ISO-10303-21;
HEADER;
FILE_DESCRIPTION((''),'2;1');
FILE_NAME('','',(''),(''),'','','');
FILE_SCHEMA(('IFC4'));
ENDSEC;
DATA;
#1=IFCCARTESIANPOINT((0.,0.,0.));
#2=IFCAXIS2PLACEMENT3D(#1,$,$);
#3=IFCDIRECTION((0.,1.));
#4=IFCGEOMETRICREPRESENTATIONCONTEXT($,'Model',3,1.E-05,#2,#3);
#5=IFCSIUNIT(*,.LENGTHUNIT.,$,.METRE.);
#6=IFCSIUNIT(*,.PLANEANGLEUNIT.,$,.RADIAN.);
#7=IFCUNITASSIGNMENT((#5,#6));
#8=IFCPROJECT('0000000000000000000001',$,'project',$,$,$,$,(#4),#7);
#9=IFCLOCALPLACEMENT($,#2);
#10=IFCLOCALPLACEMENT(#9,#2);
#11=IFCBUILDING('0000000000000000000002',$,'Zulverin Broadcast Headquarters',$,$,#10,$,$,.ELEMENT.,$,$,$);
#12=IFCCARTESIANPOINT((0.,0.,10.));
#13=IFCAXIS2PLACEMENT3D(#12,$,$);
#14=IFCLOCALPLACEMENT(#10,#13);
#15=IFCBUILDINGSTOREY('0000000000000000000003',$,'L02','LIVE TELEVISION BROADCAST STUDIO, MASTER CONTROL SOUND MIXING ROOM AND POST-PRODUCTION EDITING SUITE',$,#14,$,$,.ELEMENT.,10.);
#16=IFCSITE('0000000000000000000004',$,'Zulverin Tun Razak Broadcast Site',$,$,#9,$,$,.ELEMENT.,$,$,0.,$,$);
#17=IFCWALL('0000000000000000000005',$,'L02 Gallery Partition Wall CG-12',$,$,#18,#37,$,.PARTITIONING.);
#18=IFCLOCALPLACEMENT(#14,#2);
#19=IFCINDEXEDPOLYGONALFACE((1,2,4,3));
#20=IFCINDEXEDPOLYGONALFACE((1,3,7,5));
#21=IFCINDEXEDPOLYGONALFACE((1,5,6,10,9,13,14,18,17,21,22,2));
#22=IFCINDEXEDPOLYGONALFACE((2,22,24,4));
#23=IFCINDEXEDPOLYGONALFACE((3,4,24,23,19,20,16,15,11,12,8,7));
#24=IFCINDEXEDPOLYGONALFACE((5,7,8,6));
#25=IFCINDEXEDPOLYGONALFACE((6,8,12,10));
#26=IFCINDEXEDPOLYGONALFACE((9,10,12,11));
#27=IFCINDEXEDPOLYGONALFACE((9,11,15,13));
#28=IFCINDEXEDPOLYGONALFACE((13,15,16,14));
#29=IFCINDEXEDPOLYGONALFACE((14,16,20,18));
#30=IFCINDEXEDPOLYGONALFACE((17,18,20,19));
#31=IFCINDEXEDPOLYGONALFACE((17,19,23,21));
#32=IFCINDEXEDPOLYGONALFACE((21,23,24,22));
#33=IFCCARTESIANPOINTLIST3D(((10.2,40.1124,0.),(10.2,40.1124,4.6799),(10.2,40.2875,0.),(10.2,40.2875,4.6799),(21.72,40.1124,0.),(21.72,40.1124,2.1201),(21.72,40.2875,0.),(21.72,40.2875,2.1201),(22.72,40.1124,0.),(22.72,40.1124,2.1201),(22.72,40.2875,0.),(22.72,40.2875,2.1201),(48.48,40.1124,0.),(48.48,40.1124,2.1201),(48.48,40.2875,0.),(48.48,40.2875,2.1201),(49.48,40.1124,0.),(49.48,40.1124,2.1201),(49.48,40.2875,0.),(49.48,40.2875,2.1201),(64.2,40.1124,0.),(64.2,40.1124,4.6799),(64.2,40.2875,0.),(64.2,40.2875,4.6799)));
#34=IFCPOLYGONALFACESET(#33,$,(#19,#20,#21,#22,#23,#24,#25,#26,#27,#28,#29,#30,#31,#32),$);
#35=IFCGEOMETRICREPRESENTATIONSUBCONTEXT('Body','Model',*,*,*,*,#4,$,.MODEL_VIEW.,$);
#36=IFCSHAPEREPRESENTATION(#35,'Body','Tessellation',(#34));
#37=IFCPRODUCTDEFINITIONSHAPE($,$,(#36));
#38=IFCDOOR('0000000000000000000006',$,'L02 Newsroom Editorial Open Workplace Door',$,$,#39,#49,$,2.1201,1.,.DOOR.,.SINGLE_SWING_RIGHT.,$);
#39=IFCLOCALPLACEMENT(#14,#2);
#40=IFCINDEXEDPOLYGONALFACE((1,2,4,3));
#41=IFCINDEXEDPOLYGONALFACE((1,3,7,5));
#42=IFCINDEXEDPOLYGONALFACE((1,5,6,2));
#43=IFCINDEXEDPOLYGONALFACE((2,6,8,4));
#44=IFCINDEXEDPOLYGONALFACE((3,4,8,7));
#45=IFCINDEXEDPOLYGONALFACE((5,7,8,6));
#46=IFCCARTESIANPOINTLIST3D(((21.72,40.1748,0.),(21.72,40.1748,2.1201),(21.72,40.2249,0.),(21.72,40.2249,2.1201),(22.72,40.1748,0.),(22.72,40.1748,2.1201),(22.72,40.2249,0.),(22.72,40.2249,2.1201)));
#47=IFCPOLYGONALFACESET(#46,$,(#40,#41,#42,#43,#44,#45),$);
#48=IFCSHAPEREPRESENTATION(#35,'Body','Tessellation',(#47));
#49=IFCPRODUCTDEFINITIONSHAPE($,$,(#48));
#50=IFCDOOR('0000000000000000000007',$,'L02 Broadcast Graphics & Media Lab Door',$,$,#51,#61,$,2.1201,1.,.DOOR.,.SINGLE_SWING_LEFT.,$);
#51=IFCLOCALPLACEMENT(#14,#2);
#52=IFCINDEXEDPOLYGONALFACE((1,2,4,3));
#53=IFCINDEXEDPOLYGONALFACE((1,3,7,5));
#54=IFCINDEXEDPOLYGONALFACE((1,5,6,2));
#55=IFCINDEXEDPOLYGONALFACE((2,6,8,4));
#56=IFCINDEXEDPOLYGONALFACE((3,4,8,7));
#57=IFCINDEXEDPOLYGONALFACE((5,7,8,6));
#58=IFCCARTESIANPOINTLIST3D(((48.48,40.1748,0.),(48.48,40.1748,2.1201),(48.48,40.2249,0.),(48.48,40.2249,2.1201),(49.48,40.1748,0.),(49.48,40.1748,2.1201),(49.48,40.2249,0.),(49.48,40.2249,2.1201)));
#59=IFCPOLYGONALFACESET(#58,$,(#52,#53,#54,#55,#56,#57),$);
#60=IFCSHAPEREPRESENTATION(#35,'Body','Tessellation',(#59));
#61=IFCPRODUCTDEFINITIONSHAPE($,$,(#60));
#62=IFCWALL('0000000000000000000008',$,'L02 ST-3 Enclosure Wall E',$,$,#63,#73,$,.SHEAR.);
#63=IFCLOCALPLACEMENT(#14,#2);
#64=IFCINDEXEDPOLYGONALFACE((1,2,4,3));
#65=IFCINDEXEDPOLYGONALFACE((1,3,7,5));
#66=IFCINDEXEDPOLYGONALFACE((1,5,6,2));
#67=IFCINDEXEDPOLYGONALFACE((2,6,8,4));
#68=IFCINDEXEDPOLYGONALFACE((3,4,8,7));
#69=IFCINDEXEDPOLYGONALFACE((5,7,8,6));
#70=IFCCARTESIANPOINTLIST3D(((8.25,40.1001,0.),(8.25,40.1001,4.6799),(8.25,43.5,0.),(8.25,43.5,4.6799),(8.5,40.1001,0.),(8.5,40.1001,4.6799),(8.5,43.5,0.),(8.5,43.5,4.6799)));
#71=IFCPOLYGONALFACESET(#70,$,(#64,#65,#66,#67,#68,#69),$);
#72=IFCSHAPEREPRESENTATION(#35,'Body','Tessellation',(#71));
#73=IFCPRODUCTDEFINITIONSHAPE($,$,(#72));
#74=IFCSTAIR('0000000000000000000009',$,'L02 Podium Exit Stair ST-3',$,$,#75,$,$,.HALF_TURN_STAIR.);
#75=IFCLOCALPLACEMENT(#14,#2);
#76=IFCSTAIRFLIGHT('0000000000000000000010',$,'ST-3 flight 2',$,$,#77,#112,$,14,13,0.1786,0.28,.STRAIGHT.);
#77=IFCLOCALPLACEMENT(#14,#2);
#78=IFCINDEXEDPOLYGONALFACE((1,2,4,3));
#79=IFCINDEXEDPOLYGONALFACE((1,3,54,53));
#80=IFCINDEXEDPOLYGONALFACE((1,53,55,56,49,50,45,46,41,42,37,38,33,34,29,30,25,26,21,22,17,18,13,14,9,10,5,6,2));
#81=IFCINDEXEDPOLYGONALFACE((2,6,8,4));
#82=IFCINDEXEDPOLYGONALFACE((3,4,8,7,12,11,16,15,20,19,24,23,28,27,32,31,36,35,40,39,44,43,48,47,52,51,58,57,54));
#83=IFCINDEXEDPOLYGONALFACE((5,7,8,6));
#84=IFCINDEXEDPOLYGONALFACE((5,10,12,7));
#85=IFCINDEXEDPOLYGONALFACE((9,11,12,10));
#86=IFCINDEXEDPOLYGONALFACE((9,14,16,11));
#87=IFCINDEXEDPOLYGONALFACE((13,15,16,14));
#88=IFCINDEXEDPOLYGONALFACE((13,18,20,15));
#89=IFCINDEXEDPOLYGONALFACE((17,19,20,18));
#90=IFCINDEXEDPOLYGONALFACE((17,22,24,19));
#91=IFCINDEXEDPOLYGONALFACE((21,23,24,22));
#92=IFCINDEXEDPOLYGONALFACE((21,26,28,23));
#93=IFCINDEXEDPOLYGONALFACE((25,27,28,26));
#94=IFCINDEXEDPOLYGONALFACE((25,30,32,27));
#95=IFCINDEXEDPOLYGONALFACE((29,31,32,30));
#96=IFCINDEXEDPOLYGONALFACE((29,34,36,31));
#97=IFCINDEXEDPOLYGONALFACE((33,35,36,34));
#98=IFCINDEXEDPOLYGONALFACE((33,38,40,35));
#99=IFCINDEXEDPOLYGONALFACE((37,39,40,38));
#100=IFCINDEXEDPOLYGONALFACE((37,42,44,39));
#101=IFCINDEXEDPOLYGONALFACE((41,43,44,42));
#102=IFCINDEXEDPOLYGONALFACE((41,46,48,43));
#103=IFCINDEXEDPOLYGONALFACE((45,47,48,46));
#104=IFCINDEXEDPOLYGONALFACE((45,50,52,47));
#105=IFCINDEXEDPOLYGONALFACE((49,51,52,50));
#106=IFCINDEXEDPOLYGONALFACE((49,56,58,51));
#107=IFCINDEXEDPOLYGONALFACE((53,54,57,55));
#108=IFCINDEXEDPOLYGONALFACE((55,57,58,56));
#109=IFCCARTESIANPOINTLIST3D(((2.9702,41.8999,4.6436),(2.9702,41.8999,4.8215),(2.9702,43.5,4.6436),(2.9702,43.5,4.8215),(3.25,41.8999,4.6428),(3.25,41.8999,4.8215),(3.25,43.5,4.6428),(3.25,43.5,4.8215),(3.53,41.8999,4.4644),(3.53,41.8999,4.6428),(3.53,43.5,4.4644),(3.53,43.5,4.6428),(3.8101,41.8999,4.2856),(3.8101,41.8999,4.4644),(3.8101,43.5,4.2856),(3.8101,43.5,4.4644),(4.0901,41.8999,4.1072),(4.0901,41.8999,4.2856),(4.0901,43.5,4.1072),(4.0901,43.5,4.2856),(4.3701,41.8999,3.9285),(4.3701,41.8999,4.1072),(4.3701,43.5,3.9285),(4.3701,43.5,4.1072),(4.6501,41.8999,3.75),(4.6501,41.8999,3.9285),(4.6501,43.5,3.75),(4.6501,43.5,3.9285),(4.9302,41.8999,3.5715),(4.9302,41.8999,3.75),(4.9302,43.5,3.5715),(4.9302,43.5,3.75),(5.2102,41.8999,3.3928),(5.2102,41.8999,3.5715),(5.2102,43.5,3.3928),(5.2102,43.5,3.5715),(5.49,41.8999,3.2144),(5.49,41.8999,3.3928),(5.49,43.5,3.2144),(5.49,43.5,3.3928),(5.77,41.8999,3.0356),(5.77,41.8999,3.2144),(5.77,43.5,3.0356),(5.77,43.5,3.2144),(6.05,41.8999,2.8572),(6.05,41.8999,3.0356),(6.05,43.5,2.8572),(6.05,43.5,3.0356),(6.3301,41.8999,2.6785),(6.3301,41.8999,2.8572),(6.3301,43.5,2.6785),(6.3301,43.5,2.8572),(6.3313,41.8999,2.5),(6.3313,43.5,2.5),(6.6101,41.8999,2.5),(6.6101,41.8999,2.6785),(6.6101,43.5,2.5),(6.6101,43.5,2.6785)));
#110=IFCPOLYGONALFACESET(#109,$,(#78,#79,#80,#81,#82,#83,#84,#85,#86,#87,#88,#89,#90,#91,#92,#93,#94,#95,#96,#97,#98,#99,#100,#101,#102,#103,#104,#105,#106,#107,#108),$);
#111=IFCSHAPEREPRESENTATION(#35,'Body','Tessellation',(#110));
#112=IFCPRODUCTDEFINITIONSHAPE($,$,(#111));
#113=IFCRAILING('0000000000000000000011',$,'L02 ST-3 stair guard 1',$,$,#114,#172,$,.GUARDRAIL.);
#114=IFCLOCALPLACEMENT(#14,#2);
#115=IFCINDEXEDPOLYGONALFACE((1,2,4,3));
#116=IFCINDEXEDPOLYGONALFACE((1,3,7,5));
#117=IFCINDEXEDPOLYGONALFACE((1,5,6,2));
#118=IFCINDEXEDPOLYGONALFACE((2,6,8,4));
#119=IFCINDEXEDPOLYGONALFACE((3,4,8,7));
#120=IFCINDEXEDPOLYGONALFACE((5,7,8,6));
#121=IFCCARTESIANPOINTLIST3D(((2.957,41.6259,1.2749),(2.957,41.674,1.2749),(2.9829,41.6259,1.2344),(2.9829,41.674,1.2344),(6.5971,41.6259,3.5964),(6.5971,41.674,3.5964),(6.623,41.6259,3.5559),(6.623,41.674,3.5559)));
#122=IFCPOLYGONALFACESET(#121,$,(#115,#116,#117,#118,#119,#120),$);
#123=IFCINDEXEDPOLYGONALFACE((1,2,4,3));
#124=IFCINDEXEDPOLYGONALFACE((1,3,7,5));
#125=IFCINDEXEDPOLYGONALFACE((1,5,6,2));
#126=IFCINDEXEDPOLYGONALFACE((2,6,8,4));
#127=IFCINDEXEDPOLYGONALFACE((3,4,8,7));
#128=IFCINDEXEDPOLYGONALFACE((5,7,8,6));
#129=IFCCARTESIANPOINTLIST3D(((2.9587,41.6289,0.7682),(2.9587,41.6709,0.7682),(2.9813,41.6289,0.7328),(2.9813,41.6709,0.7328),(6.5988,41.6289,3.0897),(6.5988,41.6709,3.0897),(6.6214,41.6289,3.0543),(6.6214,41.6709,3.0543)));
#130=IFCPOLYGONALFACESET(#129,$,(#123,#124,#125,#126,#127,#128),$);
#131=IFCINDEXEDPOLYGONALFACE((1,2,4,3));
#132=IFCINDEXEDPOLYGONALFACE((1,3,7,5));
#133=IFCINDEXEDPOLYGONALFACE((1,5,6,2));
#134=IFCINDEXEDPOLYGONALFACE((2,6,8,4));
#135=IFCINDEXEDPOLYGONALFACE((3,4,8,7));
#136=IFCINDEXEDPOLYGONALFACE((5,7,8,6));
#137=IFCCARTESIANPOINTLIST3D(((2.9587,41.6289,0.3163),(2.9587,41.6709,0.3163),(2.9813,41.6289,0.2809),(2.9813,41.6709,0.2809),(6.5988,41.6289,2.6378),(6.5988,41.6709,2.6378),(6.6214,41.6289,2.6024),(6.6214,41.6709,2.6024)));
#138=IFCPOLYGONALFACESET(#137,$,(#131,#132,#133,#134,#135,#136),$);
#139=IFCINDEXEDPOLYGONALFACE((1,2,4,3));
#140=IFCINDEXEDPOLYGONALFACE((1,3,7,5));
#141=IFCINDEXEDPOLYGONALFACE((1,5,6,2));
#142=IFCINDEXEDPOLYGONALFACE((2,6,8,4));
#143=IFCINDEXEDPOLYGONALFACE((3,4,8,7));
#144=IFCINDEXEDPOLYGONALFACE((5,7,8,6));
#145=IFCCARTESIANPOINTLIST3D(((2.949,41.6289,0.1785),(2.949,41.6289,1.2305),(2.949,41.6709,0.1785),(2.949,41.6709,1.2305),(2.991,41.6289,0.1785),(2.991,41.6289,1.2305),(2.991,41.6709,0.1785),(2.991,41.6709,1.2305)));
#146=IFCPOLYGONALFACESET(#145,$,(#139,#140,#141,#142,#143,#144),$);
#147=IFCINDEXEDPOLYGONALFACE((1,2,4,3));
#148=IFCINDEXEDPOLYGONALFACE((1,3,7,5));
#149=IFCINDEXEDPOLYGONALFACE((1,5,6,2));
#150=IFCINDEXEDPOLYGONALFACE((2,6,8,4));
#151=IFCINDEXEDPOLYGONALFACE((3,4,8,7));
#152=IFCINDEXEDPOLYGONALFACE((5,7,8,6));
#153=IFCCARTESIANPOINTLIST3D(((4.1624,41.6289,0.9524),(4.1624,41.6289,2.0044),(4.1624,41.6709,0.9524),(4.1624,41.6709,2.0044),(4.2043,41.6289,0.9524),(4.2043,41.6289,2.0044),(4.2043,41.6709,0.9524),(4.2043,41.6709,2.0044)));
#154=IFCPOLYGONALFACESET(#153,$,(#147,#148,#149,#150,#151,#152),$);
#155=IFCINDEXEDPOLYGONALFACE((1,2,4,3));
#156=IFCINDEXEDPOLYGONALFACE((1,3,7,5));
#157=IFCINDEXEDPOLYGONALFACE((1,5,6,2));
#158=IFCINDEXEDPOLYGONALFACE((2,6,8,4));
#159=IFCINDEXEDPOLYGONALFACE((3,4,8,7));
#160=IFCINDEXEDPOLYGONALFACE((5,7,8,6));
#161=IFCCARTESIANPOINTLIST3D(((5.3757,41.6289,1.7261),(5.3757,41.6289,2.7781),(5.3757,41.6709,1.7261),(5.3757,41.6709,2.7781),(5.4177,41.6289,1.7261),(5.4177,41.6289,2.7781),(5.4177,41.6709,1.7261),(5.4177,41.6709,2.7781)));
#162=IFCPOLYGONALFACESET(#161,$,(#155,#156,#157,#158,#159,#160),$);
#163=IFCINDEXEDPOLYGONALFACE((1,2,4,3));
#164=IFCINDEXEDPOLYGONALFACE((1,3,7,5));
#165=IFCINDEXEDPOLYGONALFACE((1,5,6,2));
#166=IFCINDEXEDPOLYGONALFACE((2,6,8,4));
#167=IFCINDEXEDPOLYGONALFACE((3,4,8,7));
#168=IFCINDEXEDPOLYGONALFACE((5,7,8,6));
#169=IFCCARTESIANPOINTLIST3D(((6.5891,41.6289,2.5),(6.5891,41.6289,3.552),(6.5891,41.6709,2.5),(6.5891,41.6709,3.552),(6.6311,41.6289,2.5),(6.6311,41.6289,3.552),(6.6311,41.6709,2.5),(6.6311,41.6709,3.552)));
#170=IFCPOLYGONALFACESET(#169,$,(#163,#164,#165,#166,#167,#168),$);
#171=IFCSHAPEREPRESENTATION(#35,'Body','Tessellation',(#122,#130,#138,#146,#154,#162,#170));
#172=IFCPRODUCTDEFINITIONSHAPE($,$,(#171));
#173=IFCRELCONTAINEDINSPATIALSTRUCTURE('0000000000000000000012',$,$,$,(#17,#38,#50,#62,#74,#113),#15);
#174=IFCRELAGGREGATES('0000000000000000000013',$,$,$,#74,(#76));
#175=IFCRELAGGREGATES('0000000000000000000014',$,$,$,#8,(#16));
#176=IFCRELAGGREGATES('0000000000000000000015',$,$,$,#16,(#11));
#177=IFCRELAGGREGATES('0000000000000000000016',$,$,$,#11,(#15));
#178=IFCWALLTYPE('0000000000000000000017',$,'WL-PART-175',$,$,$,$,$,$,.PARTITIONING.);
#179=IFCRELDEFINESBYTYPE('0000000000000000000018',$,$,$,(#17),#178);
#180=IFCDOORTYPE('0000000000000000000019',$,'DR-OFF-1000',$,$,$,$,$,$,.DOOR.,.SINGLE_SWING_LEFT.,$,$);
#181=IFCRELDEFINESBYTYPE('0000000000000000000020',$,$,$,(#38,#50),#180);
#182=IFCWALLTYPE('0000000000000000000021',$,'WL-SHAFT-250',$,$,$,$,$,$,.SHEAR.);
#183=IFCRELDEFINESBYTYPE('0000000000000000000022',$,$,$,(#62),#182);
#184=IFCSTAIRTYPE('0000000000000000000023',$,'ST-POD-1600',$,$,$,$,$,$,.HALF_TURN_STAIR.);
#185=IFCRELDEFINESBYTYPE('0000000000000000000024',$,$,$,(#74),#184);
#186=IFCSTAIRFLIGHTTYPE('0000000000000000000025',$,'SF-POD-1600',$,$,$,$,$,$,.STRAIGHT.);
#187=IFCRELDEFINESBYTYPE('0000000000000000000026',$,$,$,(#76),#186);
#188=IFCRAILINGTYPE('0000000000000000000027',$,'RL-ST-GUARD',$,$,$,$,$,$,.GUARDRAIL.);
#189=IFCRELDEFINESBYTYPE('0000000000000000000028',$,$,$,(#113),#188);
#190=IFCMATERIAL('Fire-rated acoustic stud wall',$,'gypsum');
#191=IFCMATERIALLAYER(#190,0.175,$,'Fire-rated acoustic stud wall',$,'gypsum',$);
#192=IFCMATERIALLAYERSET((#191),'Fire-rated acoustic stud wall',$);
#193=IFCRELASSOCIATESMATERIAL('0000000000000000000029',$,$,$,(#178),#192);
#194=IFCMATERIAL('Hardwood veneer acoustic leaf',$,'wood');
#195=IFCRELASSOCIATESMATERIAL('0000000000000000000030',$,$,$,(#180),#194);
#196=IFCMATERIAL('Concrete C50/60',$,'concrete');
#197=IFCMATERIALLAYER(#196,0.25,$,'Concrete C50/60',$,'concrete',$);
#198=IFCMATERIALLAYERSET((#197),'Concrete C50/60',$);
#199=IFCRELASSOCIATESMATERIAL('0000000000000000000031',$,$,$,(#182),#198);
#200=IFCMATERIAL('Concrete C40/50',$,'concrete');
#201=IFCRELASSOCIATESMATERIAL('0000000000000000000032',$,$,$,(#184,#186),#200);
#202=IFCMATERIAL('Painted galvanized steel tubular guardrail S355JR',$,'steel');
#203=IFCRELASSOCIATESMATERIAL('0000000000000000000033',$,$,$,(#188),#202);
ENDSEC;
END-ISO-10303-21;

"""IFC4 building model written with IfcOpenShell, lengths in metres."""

from ifc_helpers import new_model, si_unit, direction, frame, frame_2d, origin, origin_2d, place, context, subcontext, project, spatial, polyline, rectangle, outline, extrude, material, layer, layer_set, type_object, element, fill, aggregate, save


model = new_model("IFC4")

# Units and contexts
model_context = context("Model", 3, precision=1e-05, world=origin(), true_north=direction((0.0, 1.0)))
body_context = subcontext(model_context, "Body", "Model", "MODEL_VIEW")
ifc_project = project(units=[si_unit("LENGTHUNIT", "METRE"), si_unit("PLANEANGLEUNIT", "RADIAN")], contexts=[model_context])

# Site, building, storey
site_placement = place(None, origin())
site = spatial("IfcSite", under=ifc_project, at=site_placement, Name="Zulverin Tun Razak Broadcast Site", CompositionType="ELEMENT", RefElevation=0.0)
building_placement = place(site_placement, origin())
building = spatial("IfcBuilding", under=site, at=building_placement, Name="Zulverin Broadcast Headquarters", CompositionType="ELEMENT")
storey_placement = place(building_placement, frame((0.0, 0.0, 10.0)))
storey = spatial("IfcBuildingStorey", under=building, at=storey_placement, Name="L02", Description="LIVE TELEVISION BROADCAST STUDIO, MASTER CONTROL SOUND MIXING ROOM AND POST-PRODUCTION EDITING SUITE", CompositionType="ELEMENT", Elevation=10.0)

# Shared definitions
ifc_material_1 = material(Name="Concrete C40/50", Category="concrete")

# Wall, openings, doors
ifc_material_2 = material(Name="Fire-rated acoustic stud wall", Category="gypsum")
ifc_layer_1 = layer(ifc_material_2, 0.175, Name="Fire-rated acoustic stud wall", Category="gypsum")
ifc_layer_set_1 = layer_set([ifc_layer_1], Name="Fire-rated acoustic stud wall")
wall_type_1 = type_object("IfcWallType", Name="WL-PART-175", PredefinedType="PARTITIONING", material=ifc_layer_set_1)
wall_1_placement = place(storey_placement, frame((10.2, 40.2, 0.0), z_axis=(0.0, 0.0, 1.0), x_axis=(1.0, 0.0, 0.0)))
wall_1 = element("IfcWall", 1, at=wall_1_placement, inside=storey, type_object=wall_type_1, Name="L02 Gallery Partition Wall CG-12", PredefinedType="PARTITIONING", context=body_context, shape_type="SweptSolid", body=[
    extrude(rectangle(XDim=54.0, YDim=0.175, at=frame_2d((27.0, 0.0))), origin(), (0.0, 0.0, 1.0), 4.6799),
])
opening_1_placement = place(wall_1_placement, frame((11.52, 0.0, 0.0)))
opening_1 = element("IfcOpeningElement", 2, at=opening_1_placement, cuts=wall_1, PredefinedType="OPENING", context=body_context, shape_type="SweptSolid", body=[
    extrude(rectangle(XDim=1.0, YDim=2.1201, at=frame_2d((0.5, 1.0601))), frame((0.0, 0.0974, 0.0), z_axis=(0.0, -1.0, 0.0), x_axis=(1.0, 0.0, 0.0)), (0.0, 0.0, 1.0), 0.1951),
])
opening_2_placement = place(wall_1_placement, frame((38.28, 0.0, 0.0)))
opening_2 = element("IfcOpeningElement", 3, at=opening_2_placement, cuts=wall_1, PredefinedType="OPENING", context=body_context, shape_type="SweptSolid", body=[
    extrude(rectangle(XDim=1.0, YDim=2.1201, at=frame_2d((0.5, 1.0601))), frame((0.0, 0.0974, 0.0), z_axis=(0.0, -1.0, 0.0), x_axis=(1.0, 0.0, 0.0)), (0.0, 0.0, 1.0), 0.1951),
])
ifc_material_3 = material(Name="Hardwood veneer acoustic leaf", Category="wood")
door_type = type_object("IfcDoorType", Name="DR-OFF-1000", OperationType="SINGLE_SWING_LEFT", PredefinedType="DOOR", material=ifc_material_3)
door_1_placement = place(opening_1_placement, origin())
door_1 = element("IfcDoor", 4, at=door_1_placement, inside=storey, type_object=door_type, Name="L02 Newsroom Editorial Open Workplace Door", OperationType="SINGLE_SWING_RIGHT", OverallHeight=2.1201, OverallWidth=1.0, PredefinedType="DOOR", context=body_context, shape_type="SweptSolid", body=[
    extrude(rectangle(XDim=1.0, YDim=2.1201, at=frame_2d((0.5, 1.0601))), frame((0.0, 0.0249, 0.0), z_axis=(0.0, -1.0, 0.0), x_axis=(1.0, 0.0, 0.0)), (0.0, 0.0, 1.0), 0.05),
])
fill(opening_1, door_1)
door_2_placement = place(opening_2_placement, origin())
door_2 = element("IfcDoor", 5, at=door_2_placement, inside=storey, type_object=door_type, Name="L02 Broadcast Graphics & Media Lab Door", OperationType="SINGLE_SWING_LEFT", OverallHeight=2.1201, OverallWidth=1.0, PredefinedType="DOOR", context=body_context, shape_type="SweptSolid", body=[
    extrude(rectangle(XDim=1.0, YDim=2.1201, at=frame_2d((0.5, 1.0601))), frame((0.0, 0.0249, 0.0), z_axis=(0.0, -1.0, 0.0), x_axis=(1.0, 0.0, 0.0)), (0.0, 0.0, 1.0), 0.05),
])
fill(opening_2, door_2)

# Wall
ifc_material_4 = material(Name="Concrete C50/60", Category="concrete")
ifc_layer_2 = layer(ifc_material_4, 0.25, Name="Concrete C50/60", Category="concrete")
ifc_layer_set_2 = layer_set([ifc_layer_2], Name="Concrete C50/60")
wall_type_2 = type_object("IfcWallType", Name="WL-SHAFT-250", PredefinedType="SHEAR", material=ifc_layer_set_2)
wall_2_placement = place(storey_placement, frame((8.375, 40.1001, 0.0), z_axis=(0.0, 0.0, 1.0), x_axis=(0.0, 1.0, 0.0)))
element("IfcWall", 6, at=wall_2_placement, inside=storey, type_object=wall_type_2, Name="L02 ST-3 Enclosure Wall E", PredefinedType="SHEAR", context=body_context, shape_type="SweptSolid", body=[
    extrude(rectangle(XDim=3.3999, YDim=0.25, at=frame_2d((1.7, 0.0))), origin(), (0.0, 0.0, 1.0), 4.6799),
])

# Stair, stair flight
stair_type = type_object("IfcStairType", Name="ST-POD-1600", PredefinedType="HALF_TURN_STAIR", material=ifc_material_1)
stair_placement = place(storey_placement, origin())
stair = element("IfcStair", 7, at=stair_placement, inside=storey, type_object=stair_type, Name="L02 Podium Exit Stair ST-3", PredefinedType="HALF_TURN_STAIR")
stair_flight_type = type_object("IfcStairFlightType", Name="SF-POD-1600", PredefinedType="STRAIGHT", material=ifc_material_1)
stair_flight_placement = place(storey_placement, frame((6.6101, 42.7, 2.5), z_axis=(0.0, 0.0, 1.0), x_axis=(-1.0, 0.0, 0.0)))
stair_flight = element("IfcStairFlight", 8, at=stair_flight_placement, type_object=stair_flight_type, Name="ST-3 flight 2", NumberOfRisers=14, NumberOfTreads=13, PredefinedType="STRAIGHT", RiserHeight=0.1786, TreadLength=0.28, context=body_context, shape_type="SweptSolid", body=[
    extrude(outline(polyline([(0.0, 0.0), (0.0, 0.1785), (0.28, 0.1785), (0.28, 0.3572), (0.5601, 0.3572), (0.5601, 0.5356), (0.8401, 0.5356), (0.8401, 0.7144), (1.1201, 0.7144), (1.1201, 0.8928), (1.3999, 0.8928), (1.3999, 1.0715), (1.6799, 1.0715), (1.6799, 1.25), (1.96, 1.25), (1.96, 1.4285), (2.24, 1.4285), (2.24, 1.6072), (2.52, 1.6072), (2.52, 1.7856), (2.8, 1.7856), (2.8, 1.9644), (3.0801, 1.9644), (3.0801, 2.1428), (3.3601, 2.1428), (3.3601, 2.3215), (3.6399, 2.3215), (3.6399, 2.5), (3.6399, 2.1436), (0.2788, 0.0), (0.0, 0.0)])), frame((0.0, 0.8, 0.0), z_axis=(0.0, -1.0, 0.0), x_axis=(1.0, 0.0, 0.0)), (0.0, 0.0, 1.0), 1.6001),
])
aggregate(stair, [stair_flight])

# Railing
ifc_material_5 = material(Name="Painted galvanized steel tubular guardrail S355JR", Category="steel")
railing_type_1 = type_object("IfcRailingType", Name="RL-ST-GUARD", PredefinedType="GUARDRAIL", material=ifc_material_5)
railing_1_placement = place(storey_placement, frame((2.97, 41.6499, 0.1785)))
element("IfcRailing", 9, at=railing_1_placement, inside=storey, type_object=railing_type_1, Name="L02 ST-3 stair guard 1", PredefinedType="GUARDRAIL", context=body_context, shape_type="SweptSolid", body=[
    extrude(rectangle(XDim=0.0481, YDim=0.0481, at=origin_2d()), frame((0.0, 0.0, 1.0762), z_axis=(0.843128, 0.0, 0.537713), x_axis=(0.0, 1.0, 0.0)), (0.0, 0.0, 1.0), 4.3174),
    extrude(rectangle(XDim=0.042, YDim=0.042, at=origin_2d()), frame((0.0, 0.0, 0.572), z_axis=(0.843128, 0.0, 0.537713), x_axis=(0.0, 1.0, 0.0)), (0.0, 0.0, 1.0), 4.3174),
    extrude(rectangle(XDim=0.042, YDim=0.042, at=origin_2d()), frame((0.0, 0.0, 0.1201), z_axis=(0.843128, 0.0, 0.537713), x_axis=(0.0, 1.0, 0.0)), (0.0, 0.0, 1.0), 4.3174),
    extrude(rectangle(XDim=0.042, YDim=0.042, at=origin_2d()), origin(), (0.0, 0.0, 1.0), 1.052),
    extrude(rectangle(XDim=0.042, YDim=0.042, at=origin_2d()), frame((1.2134, 0.0, 0.7739)), (0.0, 0.0, 1.0), 1.052),
    extrude(rectangle(XDim=0.042, YDim=0.042, at=origin_2d()), frame((2.4268, 0.0, 1.5476)), (0.0, 0.0, 1.0), 1.052),
    extrude(rectangle(XDim=0.042, YDim=0.042, at=origin_2d()), frame((3.6401, 0.0, 2.3215)), (0.0, 0.0, 1.0), 1.052),
])

save(model, "model.ifc")
